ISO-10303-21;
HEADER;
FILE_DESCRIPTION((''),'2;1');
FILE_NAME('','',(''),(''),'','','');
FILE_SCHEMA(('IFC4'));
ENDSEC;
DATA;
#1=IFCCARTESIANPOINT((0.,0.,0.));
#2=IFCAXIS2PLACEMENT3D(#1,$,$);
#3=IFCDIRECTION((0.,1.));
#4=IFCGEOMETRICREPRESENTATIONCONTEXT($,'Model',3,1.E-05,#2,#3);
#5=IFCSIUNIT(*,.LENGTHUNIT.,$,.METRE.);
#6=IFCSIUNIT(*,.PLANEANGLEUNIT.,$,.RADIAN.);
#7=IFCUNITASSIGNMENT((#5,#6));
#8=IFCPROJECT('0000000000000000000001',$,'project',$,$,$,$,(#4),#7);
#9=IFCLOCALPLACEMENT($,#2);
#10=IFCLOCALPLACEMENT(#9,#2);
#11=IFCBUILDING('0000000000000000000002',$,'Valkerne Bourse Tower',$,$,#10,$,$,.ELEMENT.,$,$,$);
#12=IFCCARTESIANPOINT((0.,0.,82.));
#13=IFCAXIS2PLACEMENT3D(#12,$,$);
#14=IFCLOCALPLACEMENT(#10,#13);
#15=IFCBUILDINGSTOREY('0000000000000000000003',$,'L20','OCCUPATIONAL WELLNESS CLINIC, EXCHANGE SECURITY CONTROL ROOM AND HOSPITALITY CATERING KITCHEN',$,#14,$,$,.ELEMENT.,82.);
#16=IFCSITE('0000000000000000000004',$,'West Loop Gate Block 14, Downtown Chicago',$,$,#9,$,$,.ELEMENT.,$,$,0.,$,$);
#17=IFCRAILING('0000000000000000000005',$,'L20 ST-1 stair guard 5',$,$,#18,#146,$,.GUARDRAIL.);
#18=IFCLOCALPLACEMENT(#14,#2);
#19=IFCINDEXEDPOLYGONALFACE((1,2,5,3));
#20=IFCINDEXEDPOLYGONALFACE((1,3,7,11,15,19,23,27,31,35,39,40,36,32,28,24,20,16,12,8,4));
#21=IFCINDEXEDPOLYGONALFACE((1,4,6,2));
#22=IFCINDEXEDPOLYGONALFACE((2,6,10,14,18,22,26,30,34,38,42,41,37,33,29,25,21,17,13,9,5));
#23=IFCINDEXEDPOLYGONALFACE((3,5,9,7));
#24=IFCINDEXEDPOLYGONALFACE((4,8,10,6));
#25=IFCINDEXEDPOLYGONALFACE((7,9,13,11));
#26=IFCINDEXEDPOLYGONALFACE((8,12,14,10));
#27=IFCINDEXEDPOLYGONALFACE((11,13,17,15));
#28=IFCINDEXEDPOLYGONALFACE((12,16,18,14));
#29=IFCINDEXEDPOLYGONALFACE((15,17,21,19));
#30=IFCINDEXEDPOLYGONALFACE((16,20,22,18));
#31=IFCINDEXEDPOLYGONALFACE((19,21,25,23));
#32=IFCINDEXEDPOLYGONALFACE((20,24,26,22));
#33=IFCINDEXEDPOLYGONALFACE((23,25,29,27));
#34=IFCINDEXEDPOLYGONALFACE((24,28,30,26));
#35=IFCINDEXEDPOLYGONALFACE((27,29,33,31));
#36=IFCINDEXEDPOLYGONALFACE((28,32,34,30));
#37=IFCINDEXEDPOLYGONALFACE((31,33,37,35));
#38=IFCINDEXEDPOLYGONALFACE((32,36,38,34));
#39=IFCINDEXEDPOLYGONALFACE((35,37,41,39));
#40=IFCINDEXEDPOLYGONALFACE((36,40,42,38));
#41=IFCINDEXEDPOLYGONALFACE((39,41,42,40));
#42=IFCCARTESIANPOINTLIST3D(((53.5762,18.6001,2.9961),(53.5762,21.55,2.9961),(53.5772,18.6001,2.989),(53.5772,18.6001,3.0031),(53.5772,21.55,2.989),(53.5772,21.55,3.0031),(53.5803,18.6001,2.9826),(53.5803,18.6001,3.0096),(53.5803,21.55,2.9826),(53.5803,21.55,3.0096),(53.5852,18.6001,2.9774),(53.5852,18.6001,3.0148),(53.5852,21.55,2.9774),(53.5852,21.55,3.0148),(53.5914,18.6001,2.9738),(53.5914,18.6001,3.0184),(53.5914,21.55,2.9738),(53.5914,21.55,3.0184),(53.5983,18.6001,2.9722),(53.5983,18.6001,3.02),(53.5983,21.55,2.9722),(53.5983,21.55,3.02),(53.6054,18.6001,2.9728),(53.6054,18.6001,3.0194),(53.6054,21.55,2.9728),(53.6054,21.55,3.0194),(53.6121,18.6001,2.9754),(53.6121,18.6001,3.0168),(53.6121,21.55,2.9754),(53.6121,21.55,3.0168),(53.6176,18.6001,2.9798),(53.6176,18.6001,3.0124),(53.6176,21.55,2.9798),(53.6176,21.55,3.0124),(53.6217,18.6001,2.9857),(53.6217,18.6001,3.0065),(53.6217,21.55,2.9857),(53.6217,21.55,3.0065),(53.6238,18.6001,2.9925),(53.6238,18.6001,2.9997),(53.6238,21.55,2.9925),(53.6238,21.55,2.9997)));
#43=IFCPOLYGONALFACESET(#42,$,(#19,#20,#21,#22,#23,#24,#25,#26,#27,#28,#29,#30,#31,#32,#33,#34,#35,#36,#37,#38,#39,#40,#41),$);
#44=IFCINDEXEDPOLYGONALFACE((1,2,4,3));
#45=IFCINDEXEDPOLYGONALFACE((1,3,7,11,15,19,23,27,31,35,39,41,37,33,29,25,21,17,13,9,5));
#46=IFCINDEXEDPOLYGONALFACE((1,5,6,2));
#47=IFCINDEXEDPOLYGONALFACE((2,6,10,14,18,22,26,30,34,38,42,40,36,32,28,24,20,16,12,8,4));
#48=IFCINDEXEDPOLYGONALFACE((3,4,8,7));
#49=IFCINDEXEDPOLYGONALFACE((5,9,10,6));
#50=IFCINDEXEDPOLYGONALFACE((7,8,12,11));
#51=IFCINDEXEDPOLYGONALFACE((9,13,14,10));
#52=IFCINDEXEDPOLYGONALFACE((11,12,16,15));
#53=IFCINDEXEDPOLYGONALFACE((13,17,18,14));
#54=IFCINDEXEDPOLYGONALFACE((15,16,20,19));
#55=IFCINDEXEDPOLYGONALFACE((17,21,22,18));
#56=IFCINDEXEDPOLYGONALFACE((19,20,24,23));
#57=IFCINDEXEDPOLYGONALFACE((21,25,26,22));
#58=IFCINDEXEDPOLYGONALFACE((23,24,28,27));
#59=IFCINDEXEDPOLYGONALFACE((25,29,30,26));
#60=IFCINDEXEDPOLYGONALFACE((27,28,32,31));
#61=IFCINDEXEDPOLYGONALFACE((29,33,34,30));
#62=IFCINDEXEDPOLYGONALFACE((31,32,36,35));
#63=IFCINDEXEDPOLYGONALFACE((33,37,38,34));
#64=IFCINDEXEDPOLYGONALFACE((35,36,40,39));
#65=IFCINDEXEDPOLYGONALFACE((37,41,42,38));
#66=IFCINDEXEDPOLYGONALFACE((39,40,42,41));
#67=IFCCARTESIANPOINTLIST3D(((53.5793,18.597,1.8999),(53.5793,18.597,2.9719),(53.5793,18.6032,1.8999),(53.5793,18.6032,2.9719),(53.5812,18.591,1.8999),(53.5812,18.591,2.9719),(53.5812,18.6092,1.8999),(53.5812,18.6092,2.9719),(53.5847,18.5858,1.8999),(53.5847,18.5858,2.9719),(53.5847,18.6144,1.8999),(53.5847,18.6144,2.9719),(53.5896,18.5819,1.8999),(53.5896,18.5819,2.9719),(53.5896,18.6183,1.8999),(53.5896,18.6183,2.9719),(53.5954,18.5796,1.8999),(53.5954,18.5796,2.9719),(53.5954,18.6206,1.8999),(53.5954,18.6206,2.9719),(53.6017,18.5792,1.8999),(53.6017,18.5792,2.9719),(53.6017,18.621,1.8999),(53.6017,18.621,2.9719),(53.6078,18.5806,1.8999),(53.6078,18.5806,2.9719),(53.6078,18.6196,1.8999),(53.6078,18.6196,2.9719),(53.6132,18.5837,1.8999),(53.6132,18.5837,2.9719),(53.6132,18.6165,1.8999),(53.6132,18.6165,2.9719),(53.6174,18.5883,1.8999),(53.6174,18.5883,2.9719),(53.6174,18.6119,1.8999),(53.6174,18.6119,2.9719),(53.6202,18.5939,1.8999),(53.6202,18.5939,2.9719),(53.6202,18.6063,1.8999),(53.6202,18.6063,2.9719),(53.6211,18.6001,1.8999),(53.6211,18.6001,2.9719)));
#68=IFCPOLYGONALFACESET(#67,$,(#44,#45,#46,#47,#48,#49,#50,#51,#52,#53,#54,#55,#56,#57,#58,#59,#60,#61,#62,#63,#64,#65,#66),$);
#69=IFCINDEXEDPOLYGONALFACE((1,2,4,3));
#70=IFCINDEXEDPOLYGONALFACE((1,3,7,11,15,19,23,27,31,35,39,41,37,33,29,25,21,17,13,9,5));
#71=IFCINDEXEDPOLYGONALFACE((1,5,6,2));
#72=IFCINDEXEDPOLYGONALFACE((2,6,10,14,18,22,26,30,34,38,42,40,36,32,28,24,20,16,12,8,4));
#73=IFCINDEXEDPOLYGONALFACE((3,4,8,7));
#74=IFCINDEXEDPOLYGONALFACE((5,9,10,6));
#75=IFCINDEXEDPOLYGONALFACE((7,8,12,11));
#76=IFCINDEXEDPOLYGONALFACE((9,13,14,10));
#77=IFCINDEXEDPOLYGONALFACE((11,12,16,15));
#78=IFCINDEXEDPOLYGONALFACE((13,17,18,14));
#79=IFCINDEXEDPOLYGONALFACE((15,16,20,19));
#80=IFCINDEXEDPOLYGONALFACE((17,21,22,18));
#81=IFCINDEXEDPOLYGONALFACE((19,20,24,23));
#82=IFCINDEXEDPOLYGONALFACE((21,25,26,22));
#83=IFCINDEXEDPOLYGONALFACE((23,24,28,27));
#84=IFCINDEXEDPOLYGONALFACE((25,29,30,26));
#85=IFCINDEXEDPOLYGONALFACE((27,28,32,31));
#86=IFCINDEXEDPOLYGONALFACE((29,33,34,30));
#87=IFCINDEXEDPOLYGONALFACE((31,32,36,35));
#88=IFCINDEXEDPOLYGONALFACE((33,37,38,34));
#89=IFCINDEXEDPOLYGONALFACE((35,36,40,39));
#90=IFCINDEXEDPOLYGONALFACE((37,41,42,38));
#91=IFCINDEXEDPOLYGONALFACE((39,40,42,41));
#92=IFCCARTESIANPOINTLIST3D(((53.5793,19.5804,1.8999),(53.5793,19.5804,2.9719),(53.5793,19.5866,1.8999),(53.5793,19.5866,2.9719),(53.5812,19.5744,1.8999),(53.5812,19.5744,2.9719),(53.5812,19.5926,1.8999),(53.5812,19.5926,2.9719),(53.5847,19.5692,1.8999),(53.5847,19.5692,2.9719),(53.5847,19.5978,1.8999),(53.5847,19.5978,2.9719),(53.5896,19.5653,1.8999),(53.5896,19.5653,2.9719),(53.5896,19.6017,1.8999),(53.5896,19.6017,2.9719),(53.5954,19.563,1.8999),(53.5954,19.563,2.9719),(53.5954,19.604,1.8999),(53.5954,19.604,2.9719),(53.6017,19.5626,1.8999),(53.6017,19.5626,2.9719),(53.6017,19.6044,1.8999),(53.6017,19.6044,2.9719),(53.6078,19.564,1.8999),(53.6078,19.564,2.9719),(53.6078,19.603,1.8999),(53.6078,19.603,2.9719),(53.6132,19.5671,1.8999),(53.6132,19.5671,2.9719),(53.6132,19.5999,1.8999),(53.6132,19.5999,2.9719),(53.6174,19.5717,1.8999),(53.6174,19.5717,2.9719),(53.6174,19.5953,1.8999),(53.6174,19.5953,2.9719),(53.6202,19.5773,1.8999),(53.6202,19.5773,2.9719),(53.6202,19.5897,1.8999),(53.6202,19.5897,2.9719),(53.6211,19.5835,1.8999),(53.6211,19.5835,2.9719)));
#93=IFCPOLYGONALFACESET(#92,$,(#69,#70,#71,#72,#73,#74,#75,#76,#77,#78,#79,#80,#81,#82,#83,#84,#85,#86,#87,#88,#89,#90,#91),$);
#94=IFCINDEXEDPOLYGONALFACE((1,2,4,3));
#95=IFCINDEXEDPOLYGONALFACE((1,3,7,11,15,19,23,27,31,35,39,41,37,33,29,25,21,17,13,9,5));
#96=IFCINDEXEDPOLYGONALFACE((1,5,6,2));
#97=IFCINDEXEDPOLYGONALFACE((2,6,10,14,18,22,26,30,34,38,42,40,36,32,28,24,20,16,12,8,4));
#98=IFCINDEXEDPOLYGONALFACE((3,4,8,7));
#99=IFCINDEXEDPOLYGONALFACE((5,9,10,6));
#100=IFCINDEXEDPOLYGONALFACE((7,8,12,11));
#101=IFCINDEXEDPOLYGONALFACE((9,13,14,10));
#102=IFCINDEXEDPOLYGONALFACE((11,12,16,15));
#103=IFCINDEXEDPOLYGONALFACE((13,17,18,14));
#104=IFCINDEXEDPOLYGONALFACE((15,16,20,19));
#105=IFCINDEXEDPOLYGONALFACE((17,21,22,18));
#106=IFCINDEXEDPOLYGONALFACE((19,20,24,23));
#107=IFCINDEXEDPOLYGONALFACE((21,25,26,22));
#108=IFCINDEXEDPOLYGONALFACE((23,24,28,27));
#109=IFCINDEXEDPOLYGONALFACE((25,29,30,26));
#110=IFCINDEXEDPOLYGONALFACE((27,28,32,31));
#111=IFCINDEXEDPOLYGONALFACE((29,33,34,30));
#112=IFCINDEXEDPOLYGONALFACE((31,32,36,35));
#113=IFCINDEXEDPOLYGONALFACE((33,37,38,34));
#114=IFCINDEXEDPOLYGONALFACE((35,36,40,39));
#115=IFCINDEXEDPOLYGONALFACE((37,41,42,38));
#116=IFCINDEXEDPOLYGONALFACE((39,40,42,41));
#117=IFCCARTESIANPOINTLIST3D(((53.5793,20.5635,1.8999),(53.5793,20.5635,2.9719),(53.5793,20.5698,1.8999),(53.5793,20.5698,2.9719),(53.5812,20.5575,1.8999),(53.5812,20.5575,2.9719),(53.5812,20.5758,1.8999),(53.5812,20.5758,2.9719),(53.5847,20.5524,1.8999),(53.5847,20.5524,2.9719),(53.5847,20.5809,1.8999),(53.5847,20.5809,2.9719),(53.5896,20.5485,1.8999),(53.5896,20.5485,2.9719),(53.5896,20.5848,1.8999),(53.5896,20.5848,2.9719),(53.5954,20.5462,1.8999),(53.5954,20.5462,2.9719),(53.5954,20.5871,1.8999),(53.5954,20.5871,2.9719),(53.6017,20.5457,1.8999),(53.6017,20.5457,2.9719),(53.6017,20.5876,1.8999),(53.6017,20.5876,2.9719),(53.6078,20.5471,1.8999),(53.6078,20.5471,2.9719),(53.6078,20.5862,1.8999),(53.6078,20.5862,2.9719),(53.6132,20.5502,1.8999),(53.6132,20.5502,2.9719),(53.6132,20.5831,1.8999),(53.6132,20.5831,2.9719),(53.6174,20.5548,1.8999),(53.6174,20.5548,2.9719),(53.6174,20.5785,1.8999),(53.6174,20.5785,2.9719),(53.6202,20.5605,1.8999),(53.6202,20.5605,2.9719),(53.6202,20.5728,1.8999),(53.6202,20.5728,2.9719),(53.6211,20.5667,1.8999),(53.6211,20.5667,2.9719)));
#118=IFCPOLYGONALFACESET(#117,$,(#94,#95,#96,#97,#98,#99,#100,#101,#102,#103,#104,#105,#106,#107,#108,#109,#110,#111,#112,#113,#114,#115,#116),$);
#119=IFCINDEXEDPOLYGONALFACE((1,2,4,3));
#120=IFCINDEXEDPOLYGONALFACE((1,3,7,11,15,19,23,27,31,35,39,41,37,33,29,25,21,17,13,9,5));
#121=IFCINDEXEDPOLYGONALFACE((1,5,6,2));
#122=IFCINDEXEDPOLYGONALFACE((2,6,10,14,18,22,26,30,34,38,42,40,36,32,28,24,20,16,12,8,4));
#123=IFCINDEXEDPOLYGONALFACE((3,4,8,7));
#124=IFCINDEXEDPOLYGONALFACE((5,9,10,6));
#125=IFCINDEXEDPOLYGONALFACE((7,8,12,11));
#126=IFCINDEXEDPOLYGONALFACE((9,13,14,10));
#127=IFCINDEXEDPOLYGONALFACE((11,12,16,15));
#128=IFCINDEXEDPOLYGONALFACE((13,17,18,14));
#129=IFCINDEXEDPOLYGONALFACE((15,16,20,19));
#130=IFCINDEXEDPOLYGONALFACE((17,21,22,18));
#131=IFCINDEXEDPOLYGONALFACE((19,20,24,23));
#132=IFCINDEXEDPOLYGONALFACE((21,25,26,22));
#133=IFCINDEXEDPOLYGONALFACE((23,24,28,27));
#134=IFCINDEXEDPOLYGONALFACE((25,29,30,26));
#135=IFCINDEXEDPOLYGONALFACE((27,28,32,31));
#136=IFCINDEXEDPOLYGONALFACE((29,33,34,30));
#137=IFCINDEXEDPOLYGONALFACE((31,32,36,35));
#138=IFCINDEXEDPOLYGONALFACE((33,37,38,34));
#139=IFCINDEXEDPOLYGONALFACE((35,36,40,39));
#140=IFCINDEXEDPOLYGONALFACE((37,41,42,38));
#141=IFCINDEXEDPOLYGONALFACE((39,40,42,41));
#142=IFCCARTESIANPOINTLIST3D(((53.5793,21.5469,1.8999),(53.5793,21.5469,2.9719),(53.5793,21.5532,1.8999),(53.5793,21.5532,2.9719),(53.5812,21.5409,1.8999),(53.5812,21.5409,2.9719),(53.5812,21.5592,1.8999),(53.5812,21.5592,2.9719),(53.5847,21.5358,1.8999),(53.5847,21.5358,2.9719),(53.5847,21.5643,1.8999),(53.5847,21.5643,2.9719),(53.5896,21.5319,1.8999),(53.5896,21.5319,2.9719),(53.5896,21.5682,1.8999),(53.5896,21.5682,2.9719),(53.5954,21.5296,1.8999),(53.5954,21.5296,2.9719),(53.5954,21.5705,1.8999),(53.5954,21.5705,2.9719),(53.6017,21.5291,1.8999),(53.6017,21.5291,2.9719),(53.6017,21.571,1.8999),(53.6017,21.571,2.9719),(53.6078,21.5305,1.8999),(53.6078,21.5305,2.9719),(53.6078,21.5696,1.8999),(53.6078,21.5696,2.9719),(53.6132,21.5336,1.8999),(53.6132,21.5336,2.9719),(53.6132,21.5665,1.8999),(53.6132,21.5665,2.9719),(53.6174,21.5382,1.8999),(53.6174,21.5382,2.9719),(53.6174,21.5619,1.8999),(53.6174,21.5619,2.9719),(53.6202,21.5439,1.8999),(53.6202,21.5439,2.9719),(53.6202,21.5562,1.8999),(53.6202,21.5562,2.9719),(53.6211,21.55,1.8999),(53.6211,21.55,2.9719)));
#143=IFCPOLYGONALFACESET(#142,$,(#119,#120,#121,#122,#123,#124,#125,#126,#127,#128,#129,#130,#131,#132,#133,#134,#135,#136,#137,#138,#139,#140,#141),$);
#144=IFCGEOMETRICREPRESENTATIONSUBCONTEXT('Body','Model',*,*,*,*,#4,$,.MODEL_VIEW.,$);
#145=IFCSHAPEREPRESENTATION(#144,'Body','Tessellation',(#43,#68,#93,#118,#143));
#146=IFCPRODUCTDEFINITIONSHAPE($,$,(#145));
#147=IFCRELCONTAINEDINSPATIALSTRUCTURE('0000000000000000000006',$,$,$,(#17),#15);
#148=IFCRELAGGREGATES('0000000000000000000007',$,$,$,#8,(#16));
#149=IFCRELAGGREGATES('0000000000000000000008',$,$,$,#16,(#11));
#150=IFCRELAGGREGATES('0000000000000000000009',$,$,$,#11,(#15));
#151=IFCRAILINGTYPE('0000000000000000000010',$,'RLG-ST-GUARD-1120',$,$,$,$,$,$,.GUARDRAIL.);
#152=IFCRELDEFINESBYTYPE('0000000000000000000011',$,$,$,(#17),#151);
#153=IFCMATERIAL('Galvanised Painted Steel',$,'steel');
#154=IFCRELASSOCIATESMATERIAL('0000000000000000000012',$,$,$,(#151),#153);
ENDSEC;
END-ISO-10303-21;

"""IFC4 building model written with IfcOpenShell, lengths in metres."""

from ifc_helpers import new_model, si_unit, direction, frame, origin, origin_2d, place, context, subcontext, project, spatial, circle, extrude, material, type_object, element, save


model = new_model("IFC4")

# Units and contexts
model_context = context("Model", 3, precision=1e-05, world=origin(), true_north=direction((0.0, 1.0)))
body_context = subcontext(model_context, "Body", "Model", "MODEL_VIEW")
ifc_project = project(units=[si_unit("LENGTHUNIT", "METRE"), si_unit("PLANEANGLEUNIT", "RADIAN")], contexts=[model_context])

# Site, building, storey
site_placement = place(None, origin())
site = spatial("IfcSite", under=ifc_project, at=site_placement, Name="West Loop Gate Block 14, Downtown Chicago", CompositionType="ELEMENT", RefElevation=0.0)
building_placement = place(site_placement, origin())
building = spatial("IfcBuilding", under=site, at=building_placement, Name="Valkerne Bourse Tower", CompositionType="ELEMENT")
storey_placement = place(building_placement, frame((0.0, 0.0, 82.0)))
storey = spatial("IfcBuildingStorey", under=building, at=storey_placement, Name="L20", Description="OCCUPATIONAL WELLNESS CLINIC, EXCHANGE SECURITY CONTROL ROOM AND HOSPITALITY CATERING KITCHEN", CompositionType="ELEMENT", Elevation=82.0)

# Shared definitions
ifc_material_1 = material(Name="Galvanised Painted Steel", Category="steel")

# Railing
railing_type_1 = type_object("IfcRailingType", Name="RLG-ST-GUARD-1120", PredefinedType="GUARDRAIL", material=ifc_material_1)
railing_1_placement = place(storey_placement, frame((53.6001, 18.6001, 1.8999)))
element("IfcRailing", 1, at=railing_1_placement, inside=storey, type_object=railing_type_1, Name="L20 ST-1 stair guard 5", PredefinedType="GUARDRAIL", context=body_context, shape_type="SweptSolid", body=[
    extrude(circle(Radius=0.0239, at=origin_2d()), frame((0.0, 0.0, 1.0962), z_axis=(0.0, 1.0, 0.0), x_axis=(-1.0, 0.0, 0.0)), (0.0, 0.0, 1.0), 2.95),
    extrude(circle(Radius=0.021, at=origin_2d()), origin(), (0.0, 0.0, 1.0), 1.072),
    extrude(circle(Radius=0.021, at=origin_2d()), frame((0.0, 0.9834, 0.0)), (0.0, 0.0, 1.0), 1.072),
    extrude(circle(Radius=0.021, at=origin_2d()), frame((0.0, 1.9666, 0.0)), (0.0, 0.0, 1.0), 1.072),
    extrude(circle(Radius=0.021, at=origin_2d()), frame((0.0, 2.95, 0.0)), (0.0, 0.0, 1.0), 1.072),
])

save(model, "model.ifc")
